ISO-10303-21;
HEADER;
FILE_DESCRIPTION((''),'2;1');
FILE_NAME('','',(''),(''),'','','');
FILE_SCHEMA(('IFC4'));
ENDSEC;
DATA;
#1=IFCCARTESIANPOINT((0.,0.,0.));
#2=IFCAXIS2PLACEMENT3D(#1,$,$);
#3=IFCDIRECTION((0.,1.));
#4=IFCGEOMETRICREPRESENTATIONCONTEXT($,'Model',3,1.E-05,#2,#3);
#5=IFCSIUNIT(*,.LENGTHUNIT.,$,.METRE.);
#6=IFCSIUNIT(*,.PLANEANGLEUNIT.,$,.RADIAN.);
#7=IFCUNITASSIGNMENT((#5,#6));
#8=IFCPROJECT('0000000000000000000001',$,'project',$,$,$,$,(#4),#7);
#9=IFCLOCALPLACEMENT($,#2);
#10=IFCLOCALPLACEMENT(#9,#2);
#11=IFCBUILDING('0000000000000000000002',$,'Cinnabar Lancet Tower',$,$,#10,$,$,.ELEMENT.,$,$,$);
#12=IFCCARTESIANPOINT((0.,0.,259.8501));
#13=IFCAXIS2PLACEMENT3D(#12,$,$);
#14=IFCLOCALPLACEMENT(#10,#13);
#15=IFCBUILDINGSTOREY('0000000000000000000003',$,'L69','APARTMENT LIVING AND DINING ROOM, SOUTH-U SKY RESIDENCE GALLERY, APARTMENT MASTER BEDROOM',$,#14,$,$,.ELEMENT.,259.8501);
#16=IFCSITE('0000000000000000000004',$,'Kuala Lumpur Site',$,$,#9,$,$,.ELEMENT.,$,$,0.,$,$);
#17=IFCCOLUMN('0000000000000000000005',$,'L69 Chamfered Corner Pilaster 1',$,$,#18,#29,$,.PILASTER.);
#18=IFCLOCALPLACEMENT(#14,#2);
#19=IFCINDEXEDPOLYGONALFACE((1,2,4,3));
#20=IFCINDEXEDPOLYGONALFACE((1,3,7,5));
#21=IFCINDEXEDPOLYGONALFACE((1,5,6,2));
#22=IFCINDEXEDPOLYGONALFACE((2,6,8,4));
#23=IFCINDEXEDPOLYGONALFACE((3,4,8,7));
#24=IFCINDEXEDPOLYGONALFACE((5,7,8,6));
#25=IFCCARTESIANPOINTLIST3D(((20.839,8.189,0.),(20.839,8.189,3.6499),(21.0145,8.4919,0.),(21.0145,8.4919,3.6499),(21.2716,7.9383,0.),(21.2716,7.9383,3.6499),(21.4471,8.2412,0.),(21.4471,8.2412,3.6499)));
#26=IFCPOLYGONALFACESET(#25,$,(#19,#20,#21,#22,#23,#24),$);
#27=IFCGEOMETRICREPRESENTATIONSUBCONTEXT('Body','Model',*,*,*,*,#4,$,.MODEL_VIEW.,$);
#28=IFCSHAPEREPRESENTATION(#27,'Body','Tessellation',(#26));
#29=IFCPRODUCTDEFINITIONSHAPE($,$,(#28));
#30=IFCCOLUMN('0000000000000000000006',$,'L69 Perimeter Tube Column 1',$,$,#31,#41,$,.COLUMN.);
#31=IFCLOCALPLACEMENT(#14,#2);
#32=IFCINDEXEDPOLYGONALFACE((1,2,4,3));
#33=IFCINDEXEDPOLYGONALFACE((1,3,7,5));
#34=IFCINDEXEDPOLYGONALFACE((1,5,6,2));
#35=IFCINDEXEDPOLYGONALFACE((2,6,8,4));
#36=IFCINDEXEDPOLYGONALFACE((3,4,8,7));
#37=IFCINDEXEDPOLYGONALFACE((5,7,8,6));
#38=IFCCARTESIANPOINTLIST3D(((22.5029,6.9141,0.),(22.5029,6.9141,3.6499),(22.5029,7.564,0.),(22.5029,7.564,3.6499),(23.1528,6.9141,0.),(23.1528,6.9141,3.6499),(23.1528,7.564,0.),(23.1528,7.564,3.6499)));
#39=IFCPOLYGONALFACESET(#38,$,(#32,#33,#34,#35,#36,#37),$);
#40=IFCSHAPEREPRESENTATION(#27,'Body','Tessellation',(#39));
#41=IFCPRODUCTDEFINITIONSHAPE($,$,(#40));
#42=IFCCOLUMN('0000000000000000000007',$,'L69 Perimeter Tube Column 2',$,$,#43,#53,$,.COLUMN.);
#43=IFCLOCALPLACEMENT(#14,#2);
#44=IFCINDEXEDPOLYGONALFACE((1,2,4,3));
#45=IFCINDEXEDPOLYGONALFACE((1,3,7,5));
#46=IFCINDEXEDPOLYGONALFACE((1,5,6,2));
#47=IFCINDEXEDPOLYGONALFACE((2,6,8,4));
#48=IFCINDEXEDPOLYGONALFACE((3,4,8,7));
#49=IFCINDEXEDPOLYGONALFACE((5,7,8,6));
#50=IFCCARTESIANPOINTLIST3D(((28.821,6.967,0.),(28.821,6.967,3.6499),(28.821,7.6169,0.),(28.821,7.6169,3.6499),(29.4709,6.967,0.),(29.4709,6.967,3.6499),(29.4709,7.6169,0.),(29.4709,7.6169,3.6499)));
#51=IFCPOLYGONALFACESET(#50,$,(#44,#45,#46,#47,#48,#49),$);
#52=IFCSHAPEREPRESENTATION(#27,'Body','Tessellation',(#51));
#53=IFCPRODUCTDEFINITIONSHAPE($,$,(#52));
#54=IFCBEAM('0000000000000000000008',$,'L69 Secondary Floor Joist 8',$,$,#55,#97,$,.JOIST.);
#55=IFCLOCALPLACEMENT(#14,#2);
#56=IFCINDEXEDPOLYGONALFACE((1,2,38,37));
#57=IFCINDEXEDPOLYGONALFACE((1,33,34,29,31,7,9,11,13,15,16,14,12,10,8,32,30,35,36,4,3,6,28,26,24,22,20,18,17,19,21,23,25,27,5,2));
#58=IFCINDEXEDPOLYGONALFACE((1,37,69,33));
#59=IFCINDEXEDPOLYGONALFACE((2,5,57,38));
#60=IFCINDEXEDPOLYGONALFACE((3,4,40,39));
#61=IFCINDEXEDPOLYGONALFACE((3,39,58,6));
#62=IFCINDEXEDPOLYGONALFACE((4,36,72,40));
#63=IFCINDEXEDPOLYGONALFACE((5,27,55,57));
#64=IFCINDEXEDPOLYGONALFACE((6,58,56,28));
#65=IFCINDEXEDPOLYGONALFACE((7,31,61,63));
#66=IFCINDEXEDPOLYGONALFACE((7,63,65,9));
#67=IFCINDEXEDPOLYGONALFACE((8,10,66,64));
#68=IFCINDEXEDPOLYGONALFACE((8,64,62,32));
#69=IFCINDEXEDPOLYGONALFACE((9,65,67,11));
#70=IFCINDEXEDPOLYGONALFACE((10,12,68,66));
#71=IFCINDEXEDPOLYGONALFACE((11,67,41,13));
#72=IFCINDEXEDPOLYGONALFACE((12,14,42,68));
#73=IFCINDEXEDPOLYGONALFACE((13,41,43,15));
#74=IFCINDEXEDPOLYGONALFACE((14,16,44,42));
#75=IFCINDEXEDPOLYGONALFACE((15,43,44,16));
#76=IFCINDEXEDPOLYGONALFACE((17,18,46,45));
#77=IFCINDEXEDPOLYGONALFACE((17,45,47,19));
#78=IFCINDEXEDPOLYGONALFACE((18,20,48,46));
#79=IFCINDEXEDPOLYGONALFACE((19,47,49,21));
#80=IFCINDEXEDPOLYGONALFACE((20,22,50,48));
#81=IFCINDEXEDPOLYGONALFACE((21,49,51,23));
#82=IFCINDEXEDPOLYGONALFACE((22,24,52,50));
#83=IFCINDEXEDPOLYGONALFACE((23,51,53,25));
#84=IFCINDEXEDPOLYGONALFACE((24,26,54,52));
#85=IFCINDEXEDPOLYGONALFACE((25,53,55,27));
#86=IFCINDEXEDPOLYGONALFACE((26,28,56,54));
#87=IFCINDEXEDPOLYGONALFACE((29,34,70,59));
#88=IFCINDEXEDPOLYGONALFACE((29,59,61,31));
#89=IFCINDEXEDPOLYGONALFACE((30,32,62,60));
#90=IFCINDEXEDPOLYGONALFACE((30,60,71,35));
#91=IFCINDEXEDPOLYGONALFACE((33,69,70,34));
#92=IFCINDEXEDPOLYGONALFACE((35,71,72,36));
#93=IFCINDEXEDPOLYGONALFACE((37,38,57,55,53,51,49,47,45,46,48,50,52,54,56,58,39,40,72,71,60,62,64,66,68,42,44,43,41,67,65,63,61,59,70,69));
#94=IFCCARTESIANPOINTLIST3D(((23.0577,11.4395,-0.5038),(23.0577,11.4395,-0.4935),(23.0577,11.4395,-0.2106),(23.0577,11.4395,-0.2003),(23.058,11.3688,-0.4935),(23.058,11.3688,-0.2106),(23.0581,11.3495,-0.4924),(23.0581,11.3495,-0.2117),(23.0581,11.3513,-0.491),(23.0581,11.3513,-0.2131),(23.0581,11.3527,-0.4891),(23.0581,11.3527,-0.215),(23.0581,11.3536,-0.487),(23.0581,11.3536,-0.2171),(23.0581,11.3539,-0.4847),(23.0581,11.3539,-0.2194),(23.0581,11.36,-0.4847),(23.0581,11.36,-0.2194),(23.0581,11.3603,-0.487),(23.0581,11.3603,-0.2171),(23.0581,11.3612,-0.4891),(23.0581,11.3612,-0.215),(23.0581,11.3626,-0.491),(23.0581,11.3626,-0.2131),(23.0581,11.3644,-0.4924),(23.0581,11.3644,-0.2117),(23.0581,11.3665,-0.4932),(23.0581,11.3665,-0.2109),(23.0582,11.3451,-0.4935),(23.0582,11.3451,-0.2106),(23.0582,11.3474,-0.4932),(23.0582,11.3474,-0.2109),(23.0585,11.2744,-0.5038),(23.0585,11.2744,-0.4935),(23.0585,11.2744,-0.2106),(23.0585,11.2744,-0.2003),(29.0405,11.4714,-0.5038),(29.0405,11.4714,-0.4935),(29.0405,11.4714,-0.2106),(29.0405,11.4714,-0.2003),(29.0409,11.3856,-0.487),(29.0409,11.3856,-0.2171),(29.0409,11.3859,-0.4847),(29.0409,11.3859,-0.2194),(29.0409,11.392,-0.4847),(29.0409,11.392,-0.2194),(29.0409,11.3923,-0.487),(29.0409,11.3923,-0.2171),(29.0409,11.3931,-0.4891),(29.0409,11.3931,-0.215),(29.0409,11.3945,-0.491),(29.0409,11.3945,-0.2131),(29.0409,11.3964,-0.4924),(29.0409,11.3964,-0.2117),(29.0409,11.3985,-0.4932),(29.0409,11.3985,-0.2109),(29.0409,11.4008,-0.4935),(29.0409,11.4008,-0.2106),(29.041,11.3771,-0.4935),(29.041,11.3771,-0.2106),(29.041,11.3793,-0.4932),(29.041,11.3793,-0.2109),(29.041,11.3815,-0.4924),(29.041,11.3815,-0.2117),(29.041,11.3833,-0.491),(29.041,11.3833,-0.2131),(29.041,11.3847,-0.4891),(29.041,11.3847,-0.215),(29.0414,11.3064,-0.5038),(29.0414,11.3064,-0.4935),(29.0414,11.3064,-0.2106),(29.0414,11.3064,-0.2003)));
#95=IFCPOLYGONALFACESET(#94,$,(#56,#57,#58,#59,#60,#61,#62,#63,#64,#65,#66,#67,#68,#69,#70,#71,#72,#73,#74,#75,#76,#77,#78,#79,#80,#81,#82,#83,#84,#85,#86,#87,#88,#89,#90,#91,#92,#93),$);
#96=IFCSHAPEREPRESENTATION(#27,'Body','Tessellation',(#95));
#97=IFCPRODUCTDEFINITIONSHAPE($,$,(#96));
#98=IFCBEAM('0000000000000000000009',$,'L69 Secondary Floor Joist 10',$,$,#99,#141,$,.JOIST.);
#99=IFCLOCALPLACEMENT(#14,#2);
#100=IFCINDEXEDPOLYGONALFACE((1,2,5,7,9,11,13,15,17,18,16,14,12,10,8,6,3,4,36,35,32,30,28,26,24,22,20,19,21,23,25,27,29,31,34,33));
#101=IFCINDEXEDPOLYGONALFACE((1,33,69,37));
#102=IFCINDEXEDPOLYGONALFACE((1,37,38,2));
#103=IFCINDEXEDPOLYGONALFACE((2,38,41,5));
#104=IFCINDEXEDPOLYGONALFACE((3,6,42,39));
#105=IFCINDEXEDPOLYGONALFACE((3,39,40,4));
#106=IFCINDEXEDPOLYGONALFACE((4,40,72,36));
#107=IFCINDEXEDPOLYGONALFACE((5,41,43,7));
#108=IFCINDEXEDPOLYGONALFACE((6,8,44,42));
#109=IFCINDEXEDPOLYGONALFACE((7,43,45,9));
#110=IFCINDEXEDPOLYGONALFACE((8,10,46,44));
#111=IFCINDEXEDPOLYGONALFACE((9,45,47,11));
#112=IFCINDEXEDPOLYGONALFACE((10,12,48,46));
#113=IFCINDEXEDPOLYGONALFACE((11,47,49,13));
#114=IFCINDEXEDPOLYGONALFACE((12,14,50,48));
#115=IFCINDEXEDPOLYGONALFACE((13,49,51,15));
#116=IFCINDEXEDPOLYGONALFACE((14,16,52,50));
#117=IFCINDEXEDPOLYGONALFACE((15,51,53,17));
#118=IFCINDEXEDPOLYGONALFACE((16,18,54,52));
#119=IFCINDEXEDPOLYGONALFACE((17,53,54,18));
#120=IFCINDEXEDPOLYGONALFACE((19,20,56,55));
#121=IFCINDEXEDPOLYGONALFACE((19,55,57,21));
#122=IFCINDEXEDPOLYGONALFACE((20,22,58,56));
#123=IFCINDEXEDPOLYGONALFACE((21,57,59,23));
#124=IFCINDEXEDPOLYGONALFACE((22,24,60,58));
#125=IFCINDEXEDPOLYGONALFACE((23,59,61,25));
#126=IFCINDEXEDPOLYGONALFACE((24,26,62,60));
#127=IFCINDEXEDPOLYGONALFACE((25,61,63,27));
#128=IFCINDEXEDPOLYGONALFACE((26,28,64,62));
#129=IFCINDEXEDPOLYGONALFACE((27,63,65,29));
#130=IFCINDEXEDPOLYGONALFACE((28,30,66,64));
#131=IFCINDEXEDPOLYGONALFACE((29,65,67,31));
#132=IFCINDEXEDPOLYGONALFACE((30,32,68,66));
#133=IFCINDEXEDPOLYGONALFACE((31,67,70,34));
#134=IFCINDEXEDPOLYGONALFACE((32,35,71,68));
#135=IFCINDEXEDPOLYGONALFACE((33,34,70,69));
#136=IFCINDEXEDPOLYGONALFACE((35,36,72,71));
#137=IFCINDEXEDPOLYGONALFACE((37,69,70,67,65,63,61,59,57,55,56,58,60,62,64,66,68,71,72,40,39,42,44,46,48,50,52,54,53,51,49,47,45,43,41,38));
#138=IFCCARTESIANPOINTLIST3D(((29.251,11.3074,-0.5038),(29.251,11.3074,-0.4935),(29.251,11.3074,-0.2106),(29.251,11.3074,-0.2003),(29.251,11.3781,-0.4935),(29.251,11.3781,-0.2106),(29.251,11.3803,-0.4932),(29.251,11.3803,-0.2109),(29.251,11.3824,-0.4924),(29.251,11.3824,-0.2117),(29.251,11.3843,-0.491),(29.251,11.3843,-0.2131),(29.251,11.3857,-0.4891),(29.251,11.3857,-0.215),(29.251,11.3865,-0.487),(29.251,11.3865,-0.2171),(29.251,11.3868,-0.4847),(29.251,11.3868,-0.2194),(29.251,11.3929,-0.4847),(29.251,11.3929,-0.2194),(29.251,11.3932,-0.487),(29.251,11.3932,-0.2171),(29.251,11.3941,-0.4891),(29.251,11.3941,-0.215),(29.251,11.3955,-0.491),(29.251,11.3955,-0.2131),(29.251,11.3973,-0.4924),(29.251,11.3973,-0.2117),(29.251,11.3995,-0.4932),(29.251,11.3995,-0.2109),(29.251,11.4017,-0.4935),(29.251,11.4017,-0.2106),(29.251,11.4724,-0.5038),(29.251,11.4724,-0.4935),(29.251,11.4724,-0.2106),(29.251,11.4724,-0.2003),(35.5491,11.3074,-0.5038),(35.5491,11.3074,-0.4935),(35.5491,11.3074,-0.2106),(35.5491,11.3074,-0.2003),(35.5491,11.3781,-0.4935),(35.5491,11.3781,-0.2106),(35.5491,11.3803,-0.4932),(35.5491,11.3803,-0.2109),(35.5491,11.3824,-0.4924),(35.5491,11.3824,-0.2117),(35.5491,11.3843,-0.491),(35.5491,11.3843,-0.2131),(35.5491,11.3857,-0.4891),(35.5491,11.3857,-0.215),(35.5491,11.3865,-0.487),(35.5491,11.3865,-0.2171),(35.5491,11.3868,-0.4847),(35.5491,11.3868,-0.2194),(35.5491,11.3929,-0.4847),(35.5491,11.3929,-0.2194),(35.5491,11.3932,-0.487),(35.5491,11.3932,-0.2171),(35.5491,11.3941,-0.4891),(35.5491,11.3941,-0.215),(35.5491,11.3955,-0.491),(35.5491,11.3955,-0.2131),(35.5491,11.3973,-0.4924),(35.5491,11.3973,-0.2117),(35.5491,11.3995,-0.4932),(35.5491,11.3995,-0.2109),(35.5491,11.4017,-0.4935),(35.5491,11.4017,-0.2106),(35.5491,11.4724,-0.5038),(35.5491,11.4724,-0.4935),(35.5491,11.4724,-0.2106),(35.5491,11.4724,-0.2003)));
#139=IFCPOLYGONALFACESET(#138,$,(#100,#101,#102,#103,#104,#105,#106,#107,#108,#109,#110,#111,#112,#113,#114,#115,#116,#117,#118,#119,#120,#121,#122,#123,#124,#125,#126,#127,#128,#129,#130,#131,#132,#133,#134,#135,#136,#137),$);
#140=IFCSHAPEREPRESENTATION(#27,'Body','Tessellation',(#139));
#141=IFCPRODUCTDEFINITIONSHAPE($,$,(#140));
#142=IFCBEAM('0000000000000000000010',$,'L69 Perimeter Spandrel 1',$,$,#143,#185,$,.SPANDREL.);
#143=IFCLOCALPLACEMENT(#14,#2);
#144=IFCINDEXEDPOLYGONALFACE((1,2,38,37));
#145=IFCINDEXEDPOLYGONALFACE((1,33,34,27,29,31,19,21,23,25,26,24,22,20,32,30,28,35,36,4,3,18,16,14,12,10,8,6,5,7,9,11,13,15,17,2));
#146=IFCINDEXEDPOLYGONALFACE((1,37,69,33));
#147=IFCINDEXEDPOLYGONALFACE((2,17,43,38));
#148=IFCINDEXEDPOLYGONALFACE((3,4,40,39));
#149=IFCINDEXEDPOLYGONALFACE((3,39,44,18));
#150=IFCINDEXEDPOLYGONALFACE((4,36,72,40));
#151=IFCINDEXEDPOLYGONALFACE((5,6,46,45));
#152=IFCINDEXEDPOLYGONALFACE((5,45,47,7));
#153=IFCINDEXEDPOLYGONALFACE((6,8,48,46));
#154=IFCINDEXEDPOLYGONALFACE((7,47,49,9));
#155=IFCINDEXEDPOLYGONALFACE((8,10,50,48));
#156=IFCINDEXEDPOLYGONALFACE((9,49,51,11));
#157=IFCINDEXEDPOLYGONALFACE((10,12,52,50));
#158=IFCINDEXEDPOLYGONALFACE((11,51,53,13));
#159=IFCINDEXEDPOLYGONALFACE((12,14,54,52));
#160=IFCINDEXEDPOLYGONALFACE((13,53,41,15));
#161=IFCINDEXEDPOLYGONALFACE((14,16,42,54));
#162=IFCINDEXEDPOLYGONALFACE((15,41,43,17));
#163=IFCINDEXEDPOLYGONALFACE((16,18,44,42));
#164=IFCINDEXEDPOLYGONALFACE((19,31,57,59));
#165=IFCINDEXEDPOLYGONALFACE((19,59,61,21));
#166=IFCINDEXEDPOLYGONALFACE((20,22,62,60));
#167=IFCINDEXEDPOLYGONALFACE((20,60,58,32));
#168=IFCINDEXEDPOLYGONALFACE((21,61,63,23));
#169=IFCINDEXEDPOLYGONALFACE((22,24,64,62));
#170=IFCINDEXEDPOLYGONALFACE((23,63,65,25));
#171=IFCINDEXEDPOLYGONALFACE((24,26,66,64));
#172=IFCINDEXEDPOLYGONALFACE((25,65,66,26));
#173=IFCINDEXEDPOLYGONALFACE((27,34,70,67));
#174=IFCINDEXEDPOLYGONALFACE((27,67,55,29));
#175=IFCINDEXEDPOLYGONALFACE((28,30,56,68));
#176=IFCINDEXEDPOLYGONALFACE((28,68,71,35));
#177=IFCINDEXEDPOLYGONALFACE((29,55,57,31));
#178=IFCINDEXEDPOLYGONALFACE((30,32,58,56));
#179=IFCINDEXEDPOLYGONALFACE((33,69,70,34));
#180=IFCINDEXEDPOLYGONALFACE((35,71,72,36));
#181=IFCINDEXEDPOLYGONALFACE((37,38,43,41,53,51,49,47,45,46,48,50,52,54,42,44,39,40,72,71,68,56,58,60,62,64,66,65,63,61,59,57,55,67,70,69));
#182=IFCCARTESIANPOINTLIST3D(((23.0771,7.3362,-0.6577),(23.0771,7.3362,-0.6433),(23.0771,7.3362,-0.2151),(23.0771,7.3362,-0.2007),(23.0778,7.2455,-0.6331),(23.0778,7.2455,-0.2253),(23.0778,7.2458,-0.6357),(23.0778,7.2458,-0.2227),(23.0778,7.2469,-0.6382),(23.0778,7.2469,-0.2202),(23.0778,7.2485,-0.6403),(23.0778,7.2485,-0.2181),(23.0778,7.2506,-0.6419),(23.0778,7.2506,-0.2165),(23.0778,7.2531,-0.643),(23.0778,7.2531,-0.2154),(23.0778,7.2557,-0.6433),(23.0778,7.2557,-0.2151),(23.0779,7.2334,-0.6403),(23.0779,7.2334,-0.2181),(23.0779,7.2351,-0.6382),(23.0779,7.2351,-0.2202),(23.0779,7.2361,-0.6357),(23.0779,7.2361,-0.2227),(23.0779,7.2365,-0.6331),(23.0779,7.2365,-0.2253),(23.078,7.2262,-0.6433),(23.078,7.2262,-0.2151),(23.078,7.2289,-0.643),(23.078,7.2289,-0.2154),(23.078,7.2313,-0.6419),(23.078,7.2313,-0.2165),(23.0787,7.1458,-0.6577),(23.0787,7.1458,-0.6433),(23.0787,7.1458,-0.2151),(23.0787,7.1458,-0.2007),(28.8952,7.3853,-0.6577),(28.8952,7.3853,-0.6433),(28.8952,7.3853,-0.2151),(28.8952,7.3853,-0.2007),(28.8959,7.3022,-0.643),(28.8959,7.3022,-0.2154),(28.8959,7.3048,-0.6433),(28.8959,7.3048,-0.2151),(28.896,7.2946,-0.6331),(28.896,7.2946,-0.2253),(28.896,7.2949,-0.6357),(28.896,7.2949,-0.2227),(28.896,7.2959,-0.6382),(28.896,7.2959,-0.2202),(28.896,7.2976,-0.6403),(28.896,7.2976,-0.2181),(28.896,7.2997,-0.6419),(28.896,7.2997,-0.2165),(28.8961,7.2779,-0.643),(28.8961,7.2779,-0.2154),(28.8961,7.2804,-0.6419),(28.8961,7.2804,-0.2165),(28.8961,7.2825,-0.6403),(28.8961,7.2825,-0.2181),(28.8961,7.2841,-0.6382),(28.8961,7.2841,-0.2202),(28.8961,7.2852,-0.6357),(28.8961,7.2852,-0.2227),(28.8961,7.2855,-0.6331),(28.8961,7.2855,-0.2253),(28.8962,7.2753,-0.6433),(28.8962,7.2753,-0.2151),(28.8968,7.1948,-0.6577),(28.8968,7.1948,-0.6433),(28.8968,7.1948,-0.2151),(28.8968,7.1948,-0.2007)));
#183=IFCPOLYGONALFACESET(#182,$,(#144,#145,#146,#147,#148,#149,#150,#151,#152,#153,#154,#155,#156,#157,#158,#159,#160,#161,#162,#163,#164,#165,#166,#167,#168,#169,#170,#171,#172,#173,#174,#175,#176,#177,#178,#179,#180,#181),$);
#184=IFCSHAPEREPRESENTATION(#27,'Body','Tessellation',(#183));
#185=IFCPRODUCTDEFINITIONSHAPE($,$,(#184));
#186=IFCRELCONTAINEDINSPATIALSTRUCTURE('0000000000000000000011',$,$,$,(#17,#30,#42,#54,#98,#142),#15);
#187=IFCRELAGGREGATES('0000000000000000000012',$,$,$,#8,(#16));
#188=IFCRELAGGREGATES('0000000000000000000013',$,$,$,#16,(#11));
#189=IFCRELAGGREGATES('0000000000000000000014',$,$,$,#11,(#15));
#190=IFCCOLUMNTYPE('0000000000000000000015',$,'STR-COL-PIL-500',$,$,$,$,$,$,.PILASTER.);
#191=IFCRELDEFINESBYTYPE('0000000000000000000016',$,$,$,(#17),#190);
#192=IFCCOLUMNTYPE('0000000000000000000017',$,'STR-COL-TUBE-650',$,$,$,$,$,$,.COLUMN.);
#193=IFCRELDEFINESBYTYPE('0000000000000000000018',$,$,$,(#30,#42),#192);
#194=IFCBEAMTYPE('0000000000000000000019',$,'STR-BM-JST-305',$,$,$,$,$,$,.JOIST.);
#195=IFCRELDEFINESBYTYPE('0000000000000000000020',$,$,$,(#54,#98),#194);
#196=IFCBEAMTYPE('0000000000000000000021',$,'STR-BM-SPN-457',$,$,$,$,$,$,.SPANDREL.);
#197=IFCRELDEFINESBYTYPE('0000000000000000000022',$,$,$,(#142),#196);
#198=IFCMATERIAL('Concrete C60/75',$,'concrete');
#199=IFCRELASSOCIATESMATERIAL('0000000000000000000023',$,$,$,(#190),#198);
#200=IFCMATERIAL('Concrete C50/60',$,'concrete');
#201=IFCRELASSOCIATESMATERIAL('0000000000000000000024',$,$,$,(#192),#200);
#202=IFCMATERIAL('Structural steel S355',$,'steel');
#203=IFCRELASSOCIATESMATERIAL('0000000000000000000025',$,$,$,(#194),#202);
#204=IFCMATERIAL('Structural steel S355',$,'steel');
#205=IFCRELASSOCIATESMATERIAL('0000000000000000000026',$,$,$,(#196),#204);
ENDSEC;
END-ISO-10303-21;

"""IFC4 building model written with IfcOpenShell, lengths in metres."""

from ifc_helpers import new_model, si_unit, direction, frame, origin, origin_2d, place, context, subcontext, project, spatial, rectangle, i_section, extrude, material, material_profile, profile_set, type_object, element, save


model = new_model("IFC4")

# Units and contexts
model_context = context("Model", 3, precision=1e-05, world=origin(), true_north=direction((0.0, 1.0)))
body_context = subcontext(model_context, "Body", "Model", "MODEL_VIEW")
ifc_project = project(units=[si_unit("LENGTHUNIT", "METRE"), si_unit("PLANEANGLEUNIT", "RADIAN")], contexts=[model_context])

# Site, building, storey
site_placement = place(None, origin())
site = spatial("IfcSite", under=ifc_project, at=site_placement, Name="Kuala Lumpur Site", CompositionType="ELEMENT", RefElevation=0.0)
building_placement = place(site_placement, origin())
building = spatial("IfcBuilding", under=site, at=building_placement, Name="Cinnabar Lancet Tower", CompositionType="ELEMENT")
storey_placement = place(building_placement, frame((0.0, 0.0, 259.8501)))
storey = spatial("IfcBuildingStorey", under=building, at=storey_placement, Name="L69", Description="APARTMENT LIVING AND DINING ROOM, SOUTH-U SKY RESIDENCE GALLERY, APARTMENT MASTER BEDROOM", CompositionType="ELEMENT", Elevation=259.8501)

# Columns
ifc_material_1 = material(Name="Concrete C60/75", Category="concrete")
ifc_material_profile_1 = material_profile(ifc_material_1, rectangle(XDim=0.5, YDim=0.3501, at=origin_2d()), Name="RC-PIL 500x350")
ifc_profile_set_1 = profile_set([ifc_material_profile_1], Name="Concrete C60/75")
column_type_1 = type_object("IfcColumnType", Name="STR-COL-PIL-500", PredefinedType="PILASTER", material=ifc_profile_set_1)
column_placement = place(storey_placement, frame((21.1431, 8.2151, 0.0), z_axis=(0.0, 0.0, 1.0), x_axis=(0.865256, -0.50133, 0.0)))
element("IfcColumn", 1, at=column_placement, inside=storey, type_object=column_type_1, Name="L69 Chamfered Corner Pilaster 1", PredefinedType="PILASTER", context=body_context, shape_type="SweptSolid", body=[
    extrude(rectangle(XDim=0.5, YDim=0.3501, at=origin_2d()), origin(), (0.0, 0.0, 1.0), 3.6499),
])
ifc_material_2 = material(Name="Concrete C50/60", Category="concrete")
ifc_material_profile_2 = material_profile(ifc_material_2, rectangle(XDim=0.6499, YDim=0.6499, at=origin_2d()), Name="RC-COL 650x650")
ifc_profile_set_2 = profile_set([ifc_material_profile_2], Name="Concrete C50/60")
column_type_2 = type_object("IfcColumnType", Name="STR-COL-TUBE-650", PredefinedType="COLUMN", material=ifc_profile_set_2)
for number, where, z_axis, x_axis, name in (
    (2, (22.8279, 7.239, 0.0), (0.0, 0.0, 1.0), (1.0, 0.0, 0.0), "L69 Perimeter Tube Column 1"),
    (3, (29.146, 7.292, 0.0), (0.0, 0.0, 1.0), (1.0, 0.0, 0.0), "L69 Perimeter Tube Column 2"),
):
    element("IfcColumn", number, at=place(storey_placement, frame(where, z_axis=z_axis, x_axis=x_axis)), inside=storey, type_object=column_type_2, Name=name, PredefinedType="COLUMN", context=body_context, shape_type="SweptSolid", body=[
        extrude(rectangle(XDim=0.6499, YDim=0.6499, at=origin_2d()), origin(), (0.0, 0.0, 1.0), 3.6499),
    ])

# Beams
ifc_material_3 = material(Name="Structural steel S355", Category="steel")
ifc_material_profile_3 = material_profile(ifc_material_3, i_section(OverallWidth=0.165, OverallDepth=0.3035, WebThickness=0.0061, FlangeThickness=0.0103, FilletRadius=0.0088, at=origin_2d()), Name="UKB 305x165x40")
ifc_profile_set_3 = profile_set([ifc_material_profile_3], Name="Structural steel S355")
beam_type_1 = type_object("IfcBeamType", Name="STR-BM-JST-305", PredefinedType="JOIST", material=ifc_profile_set_3)
beam_1_placement = place(storey_placement, frame((23.0581, 11.3569, -0.3521), z_axis=(0.999986, 0.005346, 0.0), x_axis=(-0.005346, 0.999986, 0.0)))
element("IfcBeam", 4, at=beam_1_placement, inside=storey, type_object=beam_type_1, Name="L69 Secondary Floor Joist 8", PredefinedType="JOIST", context=body_context, shape_type="SweptSolid", body=[
    extrude(i_section(OverallWidth=0.165, OverallDepth=0.3035, WebThickness=0.0061, FlangeThickness=0.0103, FilletRadius=0.0088, at=origin_2d()), origin(), (0.0, 0.0, 1.0), 5.9829),
])
beam_2_placement = place(storey_placement, frame((29.251, 11.3899, -0.3521), z_axis=(1.0, 0.0, 0.0), x_axis=(0.0, 1.0, 0.0)))
element("IfcBeam", 5, at=beam_2_placement, inside=storey, type_object=beam_type_1, Name="L69 Secondary Floor Joist 10", PredefinedType="JOIST", context=body_context, shape_type="SweptSolid", body=[
    extrude(i_section(OverallWidth=0.165, OverallDepth=0.3035, WebThickness=0.0061, FlangeThickness=0.0103, FilletRadius=0.0088, at=origin_2d()), origin(), (0.0, 0.0, 1.0), 6.2981),
])
ifc_material_4 = material(Name="Structural steel S355", Category="steel")
ifc_material_profile_4 = material_profile(ifc_material_4, i_section(OverallWidth=0.1904, OverallDepth=0.457, WebThickness=0.009, FlangeThickness=0.0144, FilletRadius=0.0103, at=origin_2d()), Name="UKB 457x191x74")
ifc_profile_set_4 = profile_set([ifc_material_profile_4], Name="Structural steel S355")
beam_type_2 = type_object("IfcBeamType", Name="STR-BM-SPN-457", PredefinedType="SPANDREL", material=ifc_profile_set_4)
beam_3_placement = place(storey_placement, frame((23.0779, 7.241, -0.4292), z_axis=(0.999964, 0.008434, 0.0), x_axis=(-0.008434, 0.999964, 0.0)))
element("IfcBeam", 6, at=beam_3_placement, inside=storey, type_object=beam_type_2, Name="L69 Perimeter Spandrel 1", PredefinedType="SPANDREL", context=body_context, shape_type="SweptSolid", body=[
    extrude(i_section(OverallWidth=0.1904, OverallDepth=0.457, WebThickness=0.009, FlangeThickness=0.0144, FilletRadius=0.0103, at=origin_2d()), origin(), (0.0, 0.0, 1.0), 5.8184),
])

save(model, "model.ifc")
